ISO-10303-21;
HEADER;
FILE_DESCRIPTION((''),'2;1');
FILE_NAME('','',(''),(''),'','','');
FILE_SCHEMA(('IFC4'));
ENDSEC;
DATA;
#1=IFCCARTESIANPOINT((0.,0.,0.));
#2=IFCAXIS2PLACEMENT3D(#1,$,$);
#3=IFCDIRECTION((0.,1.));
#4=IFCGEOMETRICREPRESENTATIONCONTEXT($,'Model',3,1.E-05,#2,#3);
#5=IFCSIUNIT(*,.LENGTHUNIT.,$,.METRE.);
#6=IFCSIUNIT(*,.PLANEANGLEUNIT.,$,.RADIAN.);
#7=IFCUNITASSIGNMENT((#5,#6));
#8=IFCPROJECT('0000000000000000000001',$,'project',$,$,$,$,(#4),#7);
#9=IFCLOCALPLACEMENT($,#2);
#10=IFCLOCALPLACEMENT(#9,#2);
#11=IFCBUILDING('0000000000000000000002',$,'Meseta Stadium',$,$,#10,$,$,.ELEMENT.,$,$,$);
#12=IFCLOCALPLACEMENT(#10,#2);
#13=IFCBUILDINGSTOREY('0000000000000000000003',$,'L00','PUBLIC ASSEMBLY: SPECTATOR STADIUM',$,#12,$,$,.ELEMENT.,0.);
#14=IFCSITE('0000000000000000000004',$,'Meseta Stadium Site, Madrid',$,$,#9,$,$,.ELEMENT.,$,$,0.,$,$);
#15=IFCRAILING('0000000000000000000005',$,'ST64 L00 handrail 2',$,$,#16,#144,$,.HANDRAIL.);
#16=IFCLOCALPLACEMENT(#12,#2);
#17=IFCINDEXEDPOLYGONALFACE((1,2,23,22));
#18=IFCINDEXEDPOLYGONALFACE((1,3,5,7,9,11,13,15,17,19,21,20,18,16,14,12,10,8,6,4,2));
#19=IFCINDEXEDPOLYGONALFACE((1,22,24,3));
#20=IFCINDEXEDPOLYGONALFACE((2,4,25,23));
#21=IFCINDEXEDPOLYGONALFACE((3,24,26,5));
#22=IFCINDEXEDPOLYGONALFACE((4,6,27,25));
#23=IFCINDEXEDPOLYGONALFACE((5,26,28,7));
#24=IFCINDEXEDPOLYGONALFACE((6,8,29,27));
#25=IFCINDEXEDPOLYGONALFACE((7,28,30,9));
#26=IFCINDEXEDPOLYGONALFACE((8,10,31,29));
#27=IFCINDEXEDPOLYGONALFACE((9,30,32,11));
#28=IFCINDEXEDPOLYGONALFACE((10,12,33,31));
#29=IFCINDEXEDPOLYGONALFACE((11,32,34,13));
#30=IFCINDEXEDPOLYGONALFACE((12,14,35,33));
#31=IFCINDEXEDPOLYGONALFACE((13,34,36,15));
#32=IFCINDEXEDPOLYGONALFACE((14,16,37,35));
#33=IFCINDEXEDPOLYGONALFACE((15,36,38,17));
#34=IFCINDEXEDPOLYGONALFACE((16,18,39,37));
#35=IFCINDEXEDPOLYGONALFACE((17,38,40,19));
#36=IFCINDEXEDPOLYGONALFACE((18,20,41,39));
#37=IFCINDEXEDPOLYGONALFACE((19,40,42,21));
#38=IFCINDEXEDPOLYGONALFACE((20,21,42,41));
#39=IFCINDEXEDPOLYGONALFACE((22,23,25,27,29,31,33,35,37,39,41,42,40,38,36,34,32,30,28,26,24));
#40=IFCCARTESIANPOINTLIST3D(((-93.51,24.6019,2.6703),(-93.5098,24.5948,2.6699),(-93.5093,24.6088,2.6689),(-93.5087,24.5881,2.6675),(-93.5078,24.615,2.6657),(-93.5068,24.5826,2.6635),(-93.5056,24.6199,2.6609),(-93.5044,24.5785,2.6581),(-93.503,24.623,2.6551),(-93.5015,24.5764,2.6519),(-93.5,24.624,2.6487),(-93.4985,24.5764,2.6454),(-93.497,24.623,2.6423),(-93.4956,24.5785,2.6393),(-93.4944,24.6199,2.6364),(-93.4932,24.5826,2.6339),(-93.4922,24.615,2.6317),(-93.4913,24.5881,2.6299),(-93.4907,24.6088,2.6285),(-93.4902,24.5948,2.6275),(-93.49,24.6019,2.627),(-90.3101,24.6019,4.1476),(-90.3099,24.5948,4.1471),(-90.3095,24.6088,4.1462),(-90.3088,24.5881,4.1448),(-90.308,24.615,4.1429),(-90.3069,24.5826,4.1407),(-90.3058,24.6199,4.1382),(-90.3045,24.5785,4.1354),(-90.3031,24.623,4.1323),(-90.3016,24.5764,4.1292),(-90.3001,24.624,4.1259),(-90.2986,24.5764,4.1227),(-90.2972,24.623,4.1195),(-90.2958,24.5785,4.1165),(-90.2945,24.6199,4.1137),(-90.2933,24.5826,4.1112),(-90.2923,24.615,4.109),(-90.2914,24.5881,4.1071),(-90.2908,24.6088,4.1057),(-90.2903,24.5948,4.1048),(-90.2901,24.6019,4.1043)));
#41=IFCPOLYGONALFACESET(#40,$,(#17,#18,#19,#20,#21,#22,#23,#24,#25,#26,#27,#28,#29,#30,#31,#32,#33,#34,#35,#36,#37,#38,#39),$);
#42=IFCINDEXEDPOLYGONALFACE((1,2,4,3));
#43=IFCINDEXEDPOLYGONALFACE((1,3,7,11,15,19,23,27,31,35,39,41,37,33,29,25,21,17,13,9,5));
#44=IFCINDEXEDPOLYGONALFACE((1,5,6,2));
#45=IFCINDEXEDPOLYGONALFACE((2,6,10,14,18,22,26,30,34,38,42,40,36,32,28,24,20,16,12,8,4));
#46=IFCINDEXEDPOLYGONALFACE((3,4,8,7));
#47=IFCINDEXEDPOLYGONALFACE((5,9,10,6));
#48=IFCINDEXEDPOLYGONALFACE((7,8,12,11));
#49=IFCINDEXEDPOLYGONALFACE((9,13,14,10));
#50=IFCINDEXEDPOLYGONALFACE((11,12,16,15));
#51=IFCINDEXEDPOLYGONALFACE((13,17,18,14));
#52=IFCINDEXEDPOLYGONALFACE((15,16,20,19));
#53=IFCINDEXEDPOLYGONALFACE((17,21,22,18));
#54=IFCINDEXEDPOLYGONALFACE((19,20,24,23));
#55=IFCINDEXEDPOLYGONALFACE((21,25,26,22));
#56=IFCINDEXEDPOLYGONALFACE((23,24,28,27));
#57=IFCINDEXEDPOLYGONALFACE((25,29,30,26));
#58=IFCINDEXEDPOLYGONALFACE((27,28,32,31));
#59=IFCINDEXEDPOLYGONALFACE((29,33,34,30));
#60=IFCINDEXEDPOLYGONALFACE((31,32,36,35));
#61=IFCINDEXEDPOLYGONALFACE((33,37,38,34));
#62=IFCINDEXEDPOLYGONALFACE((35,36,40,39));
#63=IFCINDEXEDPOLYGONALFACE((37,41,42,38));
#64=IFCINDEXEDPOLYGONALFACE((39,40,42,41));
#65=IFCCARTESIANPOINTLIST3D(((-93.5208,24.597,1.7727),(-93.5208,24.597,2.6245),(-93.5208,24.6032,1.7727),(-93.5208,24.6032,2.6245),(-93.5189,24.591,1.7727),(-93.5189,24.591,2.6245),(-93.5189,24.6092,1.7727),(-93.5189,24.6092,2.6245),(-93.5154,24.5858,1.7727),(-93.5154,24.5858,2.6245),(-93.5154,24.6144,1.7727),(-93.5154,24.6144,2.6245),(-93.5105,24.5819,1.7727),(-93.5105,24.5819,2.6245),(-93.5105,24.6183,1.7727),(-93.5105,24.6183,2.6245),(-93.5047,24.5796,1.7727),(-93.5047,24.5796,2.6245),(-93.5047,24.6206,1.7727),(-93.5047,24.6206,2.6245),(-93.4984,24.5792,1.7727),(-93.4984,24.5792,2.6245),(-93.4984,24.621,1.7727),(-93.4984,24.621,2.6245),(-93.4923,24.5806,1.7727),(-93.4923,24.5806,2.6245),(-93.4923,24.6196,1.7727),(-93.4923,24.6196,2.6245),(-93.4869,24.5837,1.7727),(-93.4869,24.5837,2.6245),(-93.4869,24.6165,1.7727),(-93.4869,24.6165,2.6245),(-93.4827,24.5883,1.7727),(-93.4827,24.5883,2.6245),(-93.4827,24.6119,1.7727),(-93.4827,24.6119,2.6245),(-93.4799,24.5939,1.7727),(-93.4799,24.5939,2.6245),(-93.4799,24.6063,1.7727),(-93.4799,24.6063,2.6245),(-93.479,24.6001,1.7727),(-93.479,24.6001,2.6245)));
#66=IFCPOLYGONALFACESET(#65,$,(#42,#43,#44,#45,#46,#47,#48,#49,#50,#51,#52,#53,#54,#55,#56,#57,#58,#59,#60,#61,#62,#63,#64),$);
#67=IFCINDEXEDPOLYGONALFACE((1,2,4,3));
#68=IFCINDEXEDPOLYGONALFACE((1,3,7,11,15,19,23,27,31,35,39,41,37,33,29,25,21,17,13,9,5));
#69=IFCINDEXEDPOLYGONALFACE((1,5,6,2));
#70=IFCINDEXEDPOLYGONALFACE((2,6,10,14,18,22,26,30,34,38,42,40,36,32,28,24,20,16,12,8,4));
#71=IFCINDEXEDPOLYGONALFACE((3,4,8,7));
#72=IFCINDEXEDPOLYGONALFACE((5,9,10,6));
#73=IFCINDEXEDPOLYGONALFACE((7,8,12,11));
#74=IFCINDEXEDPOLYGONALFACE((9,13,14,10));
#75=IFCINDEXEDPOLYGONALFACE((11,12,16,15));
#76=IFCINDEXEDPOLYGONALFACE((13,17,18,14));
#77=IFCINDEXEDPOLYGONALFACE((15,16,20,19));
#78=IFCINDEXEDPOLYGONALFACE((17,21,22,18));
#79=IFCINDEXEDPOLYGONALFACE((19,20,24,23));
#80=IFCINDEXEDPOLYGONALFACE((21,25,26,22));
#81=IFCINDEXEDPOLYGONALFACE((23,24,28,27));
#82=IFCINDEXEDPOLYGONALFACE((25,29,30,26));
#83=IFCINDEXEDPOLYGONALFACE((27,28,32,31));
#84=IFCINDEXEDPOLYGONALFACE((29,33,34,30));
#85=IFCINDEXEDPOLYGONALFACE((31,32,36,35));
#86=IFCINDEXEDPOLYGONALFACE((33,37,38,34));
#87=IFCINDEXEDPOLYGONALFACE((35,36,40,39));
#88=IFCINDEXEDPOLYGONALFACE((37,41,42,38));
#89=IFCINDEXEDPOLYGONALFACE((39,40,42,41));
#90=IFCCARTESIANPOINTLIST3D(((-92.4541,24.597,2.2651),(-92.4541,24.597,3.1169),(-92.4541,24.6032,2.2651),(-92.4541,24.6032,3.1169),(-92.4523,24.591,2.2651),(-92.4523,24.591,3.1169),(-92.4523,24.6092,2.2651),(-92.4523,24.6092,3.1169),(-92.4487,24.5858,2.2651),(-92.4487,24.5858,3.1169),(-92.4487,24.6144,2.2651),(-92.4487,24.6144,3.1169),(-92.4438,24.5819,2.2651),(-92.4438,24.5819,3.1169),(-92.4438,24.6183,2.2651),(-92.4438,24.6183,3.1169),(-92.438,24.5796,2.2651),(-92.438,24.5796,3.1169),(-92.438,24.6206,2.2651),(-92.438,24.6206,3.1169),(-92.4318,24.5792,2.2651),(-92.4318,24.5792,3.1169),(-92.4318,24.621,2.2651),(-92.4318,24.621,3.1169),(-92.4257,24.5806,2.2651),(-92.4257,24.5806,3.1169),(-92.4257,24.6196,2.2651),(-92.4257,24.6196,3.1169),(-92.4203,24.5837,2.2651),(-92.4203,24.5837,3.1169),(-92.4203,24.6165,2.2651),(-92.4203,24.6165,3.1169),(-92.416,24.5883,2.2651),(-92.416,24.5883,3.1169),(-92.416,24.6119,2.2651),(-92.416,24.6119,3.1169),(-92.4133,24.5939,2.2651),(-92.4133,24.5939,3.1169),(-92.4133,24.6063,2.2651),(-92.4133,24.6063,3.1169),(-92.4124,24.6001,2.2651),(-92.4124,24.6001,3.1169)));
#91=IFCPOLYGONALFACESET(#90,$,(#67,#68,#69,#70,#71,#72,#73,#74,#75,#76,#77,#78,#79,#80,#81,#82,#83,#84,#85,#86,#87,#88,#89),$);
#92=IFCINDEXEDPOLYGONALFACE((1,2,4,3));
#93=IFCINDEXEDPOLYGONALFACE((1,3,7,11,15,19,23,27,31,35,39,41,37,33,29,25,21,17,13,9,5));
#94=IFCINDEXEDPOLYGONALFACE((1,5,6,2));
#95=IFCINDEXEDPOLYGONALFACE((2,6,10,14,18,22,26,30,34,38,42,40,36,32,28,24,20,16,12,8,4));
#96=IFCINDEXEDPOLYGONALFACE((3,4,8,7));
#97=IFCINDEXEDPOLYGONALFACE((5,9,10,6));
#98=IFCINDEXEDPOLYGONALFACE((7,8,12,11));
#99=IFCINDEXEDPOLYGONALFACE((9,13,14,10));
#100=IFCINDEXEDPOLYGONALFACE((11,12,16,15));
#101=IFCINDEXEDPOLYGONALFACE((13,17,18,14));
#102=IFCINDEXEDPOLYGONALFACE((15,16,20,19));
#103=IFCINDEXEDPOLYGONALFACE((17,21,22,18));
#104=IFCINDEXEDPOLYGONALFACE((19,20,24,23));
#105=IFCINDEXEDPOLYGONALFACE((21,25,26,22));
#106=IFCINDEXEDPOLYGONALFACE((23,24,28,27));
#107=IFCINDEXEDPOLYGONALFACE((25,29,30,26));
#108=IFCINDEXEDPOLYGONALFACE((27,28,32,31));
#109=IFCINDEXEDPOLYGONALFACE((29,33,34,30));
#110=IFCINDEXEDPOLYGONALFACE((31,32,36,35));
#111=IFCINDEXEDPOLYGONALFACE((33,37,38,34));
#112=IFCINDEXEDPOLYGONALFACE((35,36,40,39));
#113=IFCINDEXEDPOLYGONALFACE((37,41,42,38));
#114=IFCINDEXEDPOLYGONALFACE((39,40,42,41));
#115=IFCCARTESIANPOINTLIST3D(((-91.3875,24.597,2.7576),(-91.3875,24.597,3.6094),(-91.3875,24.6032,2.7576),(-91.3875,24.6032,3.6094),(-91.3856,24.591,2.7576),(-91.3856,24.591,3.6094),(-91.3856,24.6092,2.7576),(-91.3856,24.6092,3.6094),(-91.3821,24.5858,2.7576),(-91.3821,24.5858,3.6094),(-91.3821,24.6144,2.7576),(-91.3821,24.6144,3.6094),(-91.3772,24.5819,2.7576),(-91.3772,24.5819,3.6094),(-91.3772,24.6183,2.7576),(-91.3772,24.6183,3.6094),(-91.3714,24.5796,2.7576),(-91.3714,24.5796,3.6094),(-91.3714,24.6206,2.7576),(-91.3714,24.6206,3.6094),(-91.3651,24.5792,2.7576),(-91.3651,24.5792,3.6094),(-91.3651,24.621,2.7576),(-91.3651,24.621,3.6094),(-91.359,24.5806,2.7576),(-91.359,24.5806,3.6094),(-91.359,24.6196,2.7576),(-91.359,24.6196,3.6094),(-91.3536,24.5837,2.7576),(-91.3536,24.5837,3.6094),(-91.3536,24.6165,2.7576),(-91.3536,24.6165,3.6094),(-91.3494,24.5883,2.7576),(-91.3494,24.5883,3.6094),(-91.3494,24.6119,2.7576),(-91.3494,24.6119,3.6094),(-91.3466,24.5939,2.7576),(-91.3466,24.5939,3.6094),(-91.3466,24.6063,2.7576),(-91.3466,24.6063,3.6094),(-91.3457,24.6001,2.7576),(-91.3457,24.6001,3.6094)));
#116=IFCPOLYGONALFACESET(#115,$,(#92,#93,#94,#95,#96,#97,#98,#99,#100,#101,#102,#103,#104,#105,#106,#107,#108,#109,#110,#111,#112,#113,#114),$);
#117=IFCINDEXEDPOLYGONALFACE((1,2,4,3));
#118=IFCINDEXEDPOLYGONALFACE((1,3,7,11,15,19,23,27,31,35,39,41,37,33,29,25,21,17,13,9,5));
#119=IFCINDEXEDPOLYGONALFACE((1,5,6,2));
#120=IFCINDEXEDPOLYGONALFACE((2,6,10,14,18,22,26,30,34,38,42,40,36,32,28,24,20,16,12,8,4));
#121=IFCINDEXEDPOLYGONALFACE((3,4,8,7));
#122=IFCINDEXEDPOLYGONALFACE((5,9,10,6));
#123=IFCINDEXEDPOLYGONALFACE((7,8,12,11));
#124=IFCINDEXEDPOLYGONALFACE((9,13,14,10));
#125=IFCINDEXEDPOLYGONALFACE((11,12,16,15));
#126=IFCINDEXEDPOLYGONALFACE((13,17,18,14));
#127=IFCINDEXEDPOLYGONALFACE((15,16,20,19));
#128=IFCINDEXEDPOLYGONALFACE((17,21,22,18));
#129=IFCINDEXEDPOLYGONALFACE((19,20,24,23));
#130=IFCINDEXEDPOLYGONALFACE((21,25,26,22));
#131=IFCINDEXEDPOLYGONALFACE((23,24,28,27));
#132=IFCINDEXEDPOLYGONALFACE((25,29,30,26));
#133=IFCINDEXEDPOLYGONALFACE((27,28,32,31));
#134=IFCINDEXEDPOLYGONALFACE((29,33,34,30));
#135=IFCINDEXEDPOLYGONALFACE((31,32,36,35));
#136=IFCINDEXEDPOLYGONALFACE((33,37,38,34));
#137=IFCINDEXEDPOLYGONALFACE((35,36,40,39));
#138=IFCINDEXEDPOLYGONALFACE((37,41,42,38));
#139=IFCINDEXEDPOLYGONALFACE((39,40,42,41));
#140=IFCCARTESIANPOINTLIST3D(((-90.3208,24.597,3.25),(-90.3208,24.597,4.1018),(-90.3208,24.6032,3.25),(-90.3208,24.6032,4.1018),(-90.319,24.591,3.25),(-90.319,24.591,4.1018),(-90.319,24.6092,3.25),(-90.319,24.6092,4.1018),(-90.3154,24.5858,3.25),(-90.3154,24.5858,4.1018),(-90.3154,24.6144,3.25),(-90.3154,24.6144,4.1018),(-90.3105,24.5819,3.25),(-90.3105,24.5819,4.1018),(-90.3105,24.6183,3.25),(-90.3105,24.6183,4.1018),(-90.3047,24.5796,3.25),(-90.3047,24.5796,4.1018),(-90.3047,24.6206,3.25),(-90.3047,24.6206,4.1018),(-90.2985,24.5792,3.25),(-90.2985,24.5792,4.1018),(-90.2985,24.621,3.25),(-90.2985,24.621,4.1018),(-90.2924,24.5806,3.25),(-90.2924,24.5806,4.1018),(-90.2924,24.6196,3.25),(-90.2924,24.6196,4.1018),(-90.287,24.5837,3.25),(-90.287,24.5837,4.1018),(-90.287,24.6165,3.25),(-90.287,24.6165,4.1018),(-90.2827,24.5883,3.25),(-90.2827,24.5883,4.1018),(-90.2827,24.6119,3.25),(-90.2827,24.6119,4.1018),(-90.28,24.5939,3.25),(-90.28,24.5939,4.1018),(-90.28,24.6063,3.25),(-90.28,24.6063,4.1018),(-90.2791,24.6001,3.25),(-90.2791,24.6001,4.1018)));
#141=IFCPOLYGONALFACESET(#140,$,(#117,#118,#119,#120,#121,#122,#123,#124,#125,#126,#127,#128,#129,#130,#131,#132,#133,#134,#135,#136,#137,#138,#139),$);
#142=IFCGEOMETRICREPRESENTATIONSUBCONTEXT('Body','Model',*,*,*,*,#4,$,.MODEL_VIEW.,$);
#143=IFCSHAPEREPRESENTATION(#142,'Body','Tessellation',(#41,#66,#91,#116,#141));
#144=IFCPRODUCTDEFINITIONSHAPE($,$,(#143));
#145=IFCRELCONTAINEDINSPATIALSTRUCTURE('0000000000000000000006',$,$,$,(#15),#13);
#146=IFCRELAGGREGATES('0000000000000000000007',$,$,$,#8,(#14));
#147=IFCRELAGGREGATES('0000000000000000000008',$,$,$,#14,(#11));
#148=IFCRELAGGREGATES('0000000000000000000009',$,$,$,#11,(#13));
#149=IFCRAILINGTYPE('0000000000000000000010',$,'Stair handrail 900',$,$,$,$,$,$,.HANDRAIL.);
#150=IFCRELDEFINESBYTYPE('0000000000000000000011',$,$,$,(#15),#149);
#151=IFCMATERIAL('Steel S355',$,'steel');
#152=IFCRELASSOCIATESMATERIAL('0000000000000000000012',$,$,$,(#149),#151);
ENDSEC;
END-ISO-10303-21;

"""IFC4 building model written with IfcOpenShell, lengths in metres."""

from ifc_helpers import new_model, si_unit, direction, frame, origin, origin_2d, place, context, subcontext, project, spatial, circle, extrude, material, type_object, element, save


model = new_model("IFC4")

# Units and contexts
model_context = context("Model", 3, precision=1e-05, world=origin(), true_north=direction((0.0, 1.0)))
body_context = subcontext(model_context, "Body", "Model", "MODEL_VIEW")
ifc_project = project(units=[si_unit("LENGTHUNIT", "METRE"), si_unit("PLANEANGLEUNIT", "RADIAN")], contexts=[model_context])

# Site, building, storey
site_placement = place(None, origin())
site = spatial("IfcSite", under=ifc_project, at=site_placement, Name="Meseta Stadium Site, Madrid", CompositionType="ELEMENT", RefElevation=0.0)
building_placement = place(site_placement, origin())
building = spatial("IfcBuilding", under=site, at=building_placement, Name="Meseta Stadium", CompositionType="ELEMENT")
storey_placement = place(building_placement, origin())
storey = spatial("IfcBuildingStorey", under=building, at=storey_placement, Name="L00", Description="PUBLIC ASSEMBLY: SPECTATOR STADIUM", CompositionType="ELEMENT", Elevation=0.0)

# Railing
ifc_material_1 = material(Name="Steel S355", Category="steel")
railing_type_1 = type_object("IfcRailingType", Name="Stair handrail 900", PredefinedType="HANDRAIL", material=ifc_material_1)
for number, where, name in (
    (1, (-93.5, 24.6001, 1.7727), "ST64 L00 handrail 2"),
):
    element("IfcRailing", number, at=place(storey_placement, frame(where)), inside=storey, type_object=railing_type_1, Name=name, PredefinedType="HANDRAIL", context=body_context, shape_type="SweptSolid", body=[
        extrude(circle(Radius=0.0239, at=origin_2d()), frame((0.0, 0.0, 0.876), z_axis=(0.907917, 0.0, 0.41915), x_axis=(0.0, 1.0, 0.0)), (0.0, 0.0, 1.0), 3.5244),
        extrude(circle(Radius=0.021, at=origin_2d()), origin(), (0.0, 0.0, 1.0), 0.8518),
        extrude(circle(Radius=0.021, at=origin_2d()), frame((1.0667, 0.0, 0.4924)), (0.0, 0.0, 1.0), 0.8518),
        extrude(circle(Radius=0.021, at=origin_2d()), frame((2.1333, 0.0, 0.9849)), (0.0, 0.0, 1.0), 0.8518),
        extrude(circle(Radius=0.021, at=origin_2d()), frame((3.2, 0.0, 1.4773)), (0.0, 0.0, 1.0), 0.8518),
    ])

save(model, "model.ifc")
